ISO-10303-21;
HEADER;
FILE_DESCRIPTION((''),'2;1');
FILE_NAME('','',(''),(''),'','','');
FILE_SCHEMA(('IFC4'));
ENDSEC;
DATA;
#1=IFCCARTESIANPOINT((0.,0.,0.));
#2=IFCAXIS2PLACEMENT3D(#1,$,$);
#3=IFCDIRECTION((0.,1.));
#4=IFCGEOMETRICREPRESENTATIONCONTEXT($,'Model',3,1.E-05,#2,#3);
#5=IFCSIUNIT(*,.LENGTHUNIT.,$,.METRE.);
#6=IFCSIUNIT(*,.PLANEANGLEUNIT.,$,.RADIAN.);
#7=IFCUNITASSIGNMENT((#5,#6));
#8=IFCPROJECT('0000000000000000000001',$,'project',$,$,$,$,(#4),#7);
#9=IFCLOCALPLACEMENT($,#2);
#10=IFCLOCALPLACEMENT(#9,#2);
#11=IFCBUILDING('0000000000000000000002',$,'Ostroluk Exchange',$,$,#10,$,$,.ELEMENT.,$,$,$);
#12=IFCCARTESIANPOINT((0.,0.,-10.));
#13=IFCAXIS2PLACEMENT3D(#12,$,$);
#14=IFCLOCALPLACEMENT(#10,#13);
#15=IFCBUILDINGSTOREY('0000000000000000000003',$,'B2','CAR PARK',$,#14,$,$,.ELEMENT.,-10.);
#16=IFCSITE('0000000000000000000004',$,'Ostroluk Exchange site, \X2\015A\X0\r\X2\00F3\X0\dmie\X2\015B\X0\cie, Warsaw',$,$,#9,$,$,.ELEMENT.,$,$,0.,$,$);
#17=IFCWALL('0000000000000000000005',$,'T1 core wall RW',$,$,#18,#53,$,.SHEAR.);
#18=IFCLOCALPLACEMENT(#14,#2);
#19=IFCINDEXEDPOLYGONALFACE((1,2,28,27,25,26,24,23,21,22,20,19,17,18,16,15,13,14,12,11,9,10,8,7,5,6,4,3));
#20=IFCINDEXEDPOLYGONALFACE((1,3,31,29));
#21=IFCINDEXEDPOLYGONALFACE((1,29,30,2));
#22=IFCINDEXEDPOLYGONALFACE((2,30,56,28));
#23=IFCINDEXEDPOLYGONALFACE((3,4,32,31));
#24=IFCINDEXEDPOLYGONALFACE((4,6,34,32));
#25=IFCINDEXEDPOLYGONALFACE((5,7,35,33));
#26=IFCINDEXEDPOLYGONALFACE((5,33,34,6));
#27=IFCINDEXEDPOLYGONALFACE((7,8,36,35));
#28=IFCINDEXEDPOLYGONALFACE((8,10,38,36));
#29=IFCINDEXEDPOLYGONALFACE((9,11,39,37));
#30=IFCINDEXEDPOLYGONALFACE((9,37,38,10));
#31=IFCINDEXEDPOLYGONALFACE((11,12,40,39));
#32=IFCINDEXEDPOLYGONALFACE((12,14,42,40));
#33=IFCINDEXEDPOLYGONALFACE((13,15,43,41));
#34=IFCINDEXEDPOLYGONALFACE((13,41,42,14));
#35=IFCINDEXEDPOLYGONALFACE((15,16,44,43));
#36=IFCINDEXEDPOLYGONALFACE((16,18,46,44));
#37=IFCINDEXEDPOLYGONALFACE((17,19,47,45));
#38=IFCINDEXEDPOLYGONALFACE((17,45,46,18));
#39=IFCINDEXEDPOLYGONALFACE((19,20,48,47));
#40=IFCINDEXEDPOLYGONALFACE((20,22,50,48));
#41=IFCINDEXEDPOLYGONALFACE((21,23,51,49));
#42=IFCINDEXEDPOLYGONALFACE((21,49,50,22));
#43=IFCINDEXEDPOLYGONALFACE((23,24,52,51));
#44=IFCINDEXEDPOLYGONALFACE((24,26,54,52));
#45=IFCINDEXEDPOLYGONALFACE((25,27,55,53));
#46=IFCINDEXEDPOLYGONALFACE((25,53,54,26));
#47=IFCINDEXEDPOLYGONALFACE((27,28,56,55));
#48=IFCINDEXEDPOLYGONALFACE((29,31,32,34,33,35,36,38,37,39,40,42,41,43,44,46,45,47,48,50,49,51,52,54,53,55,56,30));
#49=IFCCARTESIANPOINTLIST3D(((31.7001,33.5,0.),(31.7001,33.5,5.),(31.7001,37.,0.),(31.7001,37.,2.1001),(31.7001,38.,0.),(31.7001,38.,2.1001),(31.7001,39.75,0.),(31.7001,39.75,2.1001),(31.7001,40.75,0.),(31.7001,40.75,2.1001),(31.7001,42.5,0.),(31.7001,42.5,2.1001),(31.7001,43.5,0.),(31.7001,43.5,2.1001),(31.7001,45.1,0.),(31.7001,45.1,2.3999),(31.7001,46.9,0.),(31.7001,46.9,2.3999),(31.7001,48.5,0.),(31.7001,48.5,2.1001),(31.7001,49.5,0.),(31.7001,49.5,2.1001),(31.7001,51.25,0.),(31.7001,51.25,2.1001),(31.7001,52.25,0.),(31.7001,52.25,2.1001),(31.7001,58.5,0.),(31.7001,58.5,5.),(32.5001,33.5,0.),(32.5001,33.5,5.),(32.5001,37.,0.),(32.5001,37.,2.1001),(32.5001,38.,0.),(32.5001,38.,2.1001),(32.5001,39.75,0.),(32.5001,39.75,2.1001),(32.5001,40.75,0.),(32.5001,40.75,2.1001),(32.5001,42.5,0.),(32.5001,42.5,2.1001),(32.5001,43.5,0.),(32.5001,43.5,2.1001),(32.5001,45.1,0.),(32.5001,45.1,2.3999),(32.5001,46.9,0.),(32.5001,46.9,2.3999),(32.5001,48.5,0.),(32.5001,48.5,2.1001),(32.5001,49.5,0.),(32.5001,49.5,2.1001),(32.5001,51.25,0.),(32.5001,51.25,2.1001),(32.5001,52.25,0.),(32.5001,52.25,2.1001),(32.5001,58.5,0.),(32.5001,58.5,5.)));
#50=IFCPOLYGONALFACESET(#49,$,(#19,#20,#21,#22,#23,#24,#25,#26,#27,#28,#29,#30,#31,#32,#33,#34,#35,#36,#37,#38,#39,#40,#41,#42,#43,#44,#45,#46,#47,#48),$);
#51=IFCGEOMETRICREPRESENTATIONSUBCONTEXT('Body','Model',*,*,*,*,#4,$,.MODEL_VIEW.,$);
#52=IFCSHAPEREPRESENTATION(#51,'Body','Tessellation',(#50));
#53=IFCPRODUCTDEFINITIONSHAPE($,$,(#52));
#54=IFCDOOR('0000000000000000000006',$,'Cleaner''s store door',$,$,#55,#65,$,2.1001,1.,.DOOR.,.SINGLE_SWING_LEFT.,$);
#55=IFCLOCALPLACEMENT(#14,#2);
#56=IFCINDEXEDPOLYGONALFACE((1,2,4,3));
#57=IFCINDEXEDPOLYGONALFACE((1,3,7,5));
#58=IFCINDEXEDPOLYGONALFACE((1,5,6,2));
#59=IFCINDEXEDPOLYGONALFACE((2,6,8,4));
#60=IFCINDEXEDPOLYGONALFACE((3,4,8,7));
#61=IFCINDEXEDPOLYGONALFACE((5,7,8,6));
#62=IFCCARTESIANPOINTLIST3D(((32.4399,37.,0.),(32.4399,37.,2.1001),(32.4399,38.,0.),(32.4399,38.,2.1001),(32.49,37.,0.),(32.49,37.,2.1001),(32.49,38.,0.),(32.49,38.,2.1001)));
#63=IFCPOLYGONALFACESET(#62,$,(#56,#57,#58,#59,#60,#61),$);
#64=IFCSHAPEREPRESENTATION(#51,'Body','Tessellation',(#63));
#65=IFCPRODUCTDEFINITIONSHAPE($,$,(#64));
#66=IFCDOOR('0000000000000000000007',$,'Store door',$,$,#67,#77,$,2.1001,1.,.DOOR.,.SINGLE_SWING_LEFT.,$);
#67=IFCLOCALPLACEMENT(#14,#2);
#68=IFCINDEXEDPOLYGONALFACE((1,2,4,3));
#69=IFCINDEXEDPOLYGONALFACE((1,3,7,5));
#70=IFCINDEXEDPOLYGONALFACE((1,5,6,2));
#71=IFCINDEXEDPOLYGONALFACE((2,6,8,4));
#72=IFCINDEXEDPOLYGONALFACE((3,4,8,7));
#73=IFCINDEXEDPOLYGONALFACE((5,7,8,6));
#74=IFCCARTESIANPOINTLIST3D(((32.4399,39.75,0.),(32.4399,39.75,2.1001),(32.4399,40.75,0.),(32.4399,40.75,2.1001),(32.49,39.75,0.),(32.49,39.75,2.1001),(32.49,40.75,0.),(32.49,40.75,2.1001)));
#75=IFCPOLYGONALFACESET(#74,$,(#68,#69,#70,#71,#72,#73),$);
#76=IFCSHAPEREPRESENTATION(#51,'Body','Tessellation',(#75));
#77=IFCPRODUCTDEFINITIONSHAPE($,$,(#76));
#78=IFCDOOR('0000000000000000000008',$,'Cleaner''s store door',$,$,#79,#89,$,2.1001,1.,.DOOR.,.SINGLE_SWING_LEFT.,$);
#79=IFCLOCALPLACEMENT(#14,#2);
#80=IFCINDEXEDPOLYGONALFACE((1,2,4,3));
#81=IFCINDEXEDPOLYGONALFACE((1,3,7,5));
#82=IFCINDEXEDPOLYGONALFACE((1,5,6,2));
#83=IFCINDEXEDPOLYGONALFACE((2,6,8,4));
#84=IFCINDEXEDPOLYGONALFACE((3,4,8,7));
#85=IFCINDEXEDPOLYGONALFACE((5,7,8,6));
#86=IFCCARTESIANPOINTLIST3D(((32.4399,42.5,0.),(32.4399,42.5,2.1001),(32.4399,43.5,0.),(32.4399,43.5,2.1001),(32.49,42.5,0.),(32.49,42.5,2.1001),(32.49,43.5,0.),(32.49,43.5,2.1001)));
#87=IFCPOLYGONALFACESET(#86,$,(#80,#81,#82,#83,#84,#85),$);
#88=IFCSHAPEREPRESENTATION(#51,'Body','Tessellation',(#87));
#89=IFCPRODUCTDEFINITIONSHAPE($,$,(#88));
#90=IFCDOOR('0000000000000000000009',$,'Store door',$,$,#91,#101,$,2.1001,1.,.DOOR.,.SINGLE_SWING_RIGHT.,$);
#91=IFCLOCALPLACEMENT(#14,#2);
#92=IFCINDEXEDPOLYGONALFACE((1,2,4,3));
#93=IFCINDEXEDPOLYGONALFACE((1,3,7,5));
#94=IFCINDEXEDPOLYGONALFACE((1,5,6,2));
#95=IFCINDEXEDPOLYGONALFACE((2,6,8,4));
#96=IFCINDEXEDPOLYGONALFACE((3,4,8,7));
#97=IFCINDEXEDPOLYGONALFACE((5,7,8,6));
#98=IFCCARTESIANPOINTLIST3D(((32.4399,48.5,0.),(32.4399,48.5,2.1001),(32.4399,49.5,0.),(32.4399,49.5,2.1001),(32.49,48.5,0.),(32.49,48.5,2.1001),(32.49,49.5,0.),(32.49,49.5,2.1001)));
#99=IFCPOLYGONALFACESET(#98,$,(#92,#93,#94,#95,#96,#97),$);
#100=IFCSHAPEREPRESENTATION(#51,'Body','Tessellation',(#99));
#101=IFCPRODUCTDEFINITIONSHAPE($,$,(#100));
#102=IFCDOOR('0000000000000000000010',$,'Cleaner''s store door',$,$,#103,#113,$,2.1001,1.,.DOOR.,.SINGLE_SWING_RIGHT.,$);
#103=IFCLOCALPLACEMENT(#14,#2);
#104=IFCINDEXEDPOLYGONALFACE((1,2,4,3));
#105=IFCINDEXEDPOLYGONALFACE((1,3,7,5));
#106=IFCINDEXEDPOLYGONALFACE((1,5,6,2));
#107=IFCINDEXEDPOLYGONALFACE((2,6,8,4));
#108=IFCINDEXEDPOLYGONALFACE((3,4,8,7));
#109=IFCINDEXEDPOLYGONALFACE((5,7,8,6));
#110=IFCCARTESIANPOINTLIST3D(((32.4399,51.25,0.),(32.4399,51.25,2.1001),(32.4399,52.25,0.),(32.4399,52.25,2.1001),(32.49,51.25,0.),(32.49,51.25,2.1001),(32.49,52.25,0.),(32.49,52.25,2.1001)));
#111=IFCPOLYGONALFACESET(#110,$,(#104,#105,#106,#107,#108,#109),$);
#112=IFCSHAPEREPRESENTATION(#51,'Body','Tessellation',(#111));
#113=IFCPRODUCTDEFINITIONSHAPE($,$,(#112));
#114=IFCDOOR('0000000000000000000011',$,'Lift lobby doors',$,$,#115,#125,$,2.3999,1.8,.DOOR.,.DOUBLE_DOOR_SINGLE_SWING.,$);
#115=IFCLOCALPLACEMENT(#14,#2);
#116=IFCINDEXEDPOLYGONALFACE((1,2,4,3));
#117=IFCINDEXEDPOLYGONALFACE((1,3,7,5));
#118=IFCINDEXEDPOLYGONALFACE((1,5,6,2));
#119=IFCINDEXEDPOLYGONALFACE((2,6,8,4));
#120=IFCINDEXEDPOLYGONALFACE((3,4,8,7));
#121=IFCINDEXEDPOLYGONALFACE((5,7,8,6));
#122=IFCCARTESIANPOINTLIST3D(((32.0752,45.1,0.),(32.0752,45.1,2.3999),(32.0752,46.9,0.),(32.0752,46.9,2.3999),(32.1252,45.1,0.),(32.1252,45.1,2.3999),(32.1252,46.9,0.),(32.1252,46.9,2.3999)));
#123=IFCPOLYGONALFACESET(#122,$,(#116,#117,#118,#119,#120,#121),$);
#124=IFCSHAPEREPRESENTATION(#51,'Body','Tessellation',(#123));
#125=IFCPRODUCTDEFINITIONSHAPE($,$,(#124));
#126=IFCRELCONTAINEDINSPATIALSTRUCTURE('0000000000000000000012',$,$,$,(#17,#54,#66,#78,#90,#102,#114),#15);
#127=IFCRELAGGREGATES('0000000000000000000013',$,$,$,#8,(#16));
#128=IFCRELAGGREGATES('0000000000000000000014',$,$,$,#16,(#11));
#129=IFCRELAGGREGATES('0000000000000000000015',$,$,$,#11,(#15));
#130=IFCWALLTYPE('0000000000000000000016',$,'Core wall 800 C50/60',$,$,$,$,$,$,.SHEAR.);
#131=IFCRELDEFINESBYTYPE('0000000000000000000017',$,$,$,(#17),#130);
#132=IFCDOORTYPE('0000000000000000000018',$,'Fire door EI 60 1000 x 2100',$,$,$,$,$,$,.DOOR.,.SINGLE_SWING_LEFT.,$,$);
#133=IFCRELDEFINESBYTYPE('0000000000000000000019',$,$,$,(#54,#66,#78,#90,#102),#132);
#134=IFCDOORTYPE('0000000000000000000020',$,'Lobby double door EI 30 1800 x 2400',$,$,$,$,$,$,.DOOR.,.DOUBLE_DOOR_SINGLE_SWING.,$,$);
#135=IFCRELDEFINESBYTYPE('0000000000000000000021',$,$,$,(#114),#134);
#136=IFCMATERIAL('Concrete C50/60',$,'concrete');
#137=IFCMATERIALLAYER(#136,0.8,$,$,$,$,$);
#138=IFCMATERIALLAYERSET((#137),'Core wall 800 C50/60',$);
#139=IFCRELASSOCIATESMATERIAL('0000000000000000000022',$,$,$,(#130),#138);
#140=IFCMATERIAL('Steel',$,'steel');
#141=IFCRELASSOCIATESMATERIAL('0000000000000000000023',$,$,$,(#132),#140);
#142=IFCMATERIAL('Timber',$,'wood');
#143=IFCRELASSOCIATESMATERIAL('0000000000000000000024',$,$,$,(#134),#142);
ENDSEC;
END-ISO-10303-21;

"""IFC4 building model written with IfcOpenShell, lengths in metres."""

from ifc_helpers import new_model, si_unit, direction, frame, frame_2d, origin, place, context, subcontext, project, spatial, rectangle, extrude, material, layer, layer_set, type_object, element, fill, save


model = new_model("IFC4")

# Units and contexts
model_context = context("Model", 3, precision=1e-05, world=origin(), true_north=direction((0.0, 1.0)))
body_context = subcontext(model_context, "Body", "Model", "MODEL_VIEW")
ifc_project = project(units=[si_unit("LENGTHUNIT", "METRE"), si_unit("PLANEANGLEUNIT", "RADIAN")], contexts=[model_context])

# Site, building, storey
site_placement = place(None, origin())
site = spatial("IfcSite", under=ifc_project, at=site_placement, Name="Ostroluk Exchange site, Śródmieście, Warsaw", CompositionType="ELEMENT", RefElevation=0.0)
building_placement = place(site_placement, origin())
building = spatial("IfcBuilding", under=site, at=building_placement, Name="Ostroluk Exchange", CompositionType="ELEMENT")
storey_placement = place(building_placement, frame((0.0, 0.0, -10.0)))
storey = spatial("IfcBuildingStorey", under=building, at=storey_placement, Name="B2", Description="CAR PARK", CompositionType="ELEMENT", Elevation=-10.0)

# Wall, openings, doors
ifc_material_1 = material(Name="Concrete C50/60", Category="concrete")
ifc_layer_1 = layer(ifc_material_1, 0.8)
ifc_layer_set_1 = layer_set([ifc_layer_1], Name="Core wall 800 C50/60")
wall_type_1 = type_object("IfcWallType", Name="Core wall 800 C50/60", PredefinedType="SHEAR", material=ifc_layer_set_1)
ifc_material_2 = material(Name="Steel", Category="steel")
door_type_1 = type_object("IfcDoorType", Name="Fire door EI 60 1000 x 2100", OperationType="SINGLE_SWING_LEFT", PredefinedType="DOOR", material=ifc_material_2)
wall_1_placement = place(storey_placement, frame((32.1001, 33.5, 0.0), z_axis=(0.0, 0.0, 1.0), x_axis=(0.0, 1.0, 0.0)))
wall_1 = element("IfcWall", 1, at=wall_1_placement, inside=storey, type_object=wall_type_1, Name="T1 core wall RW", PredefinedType="SHEAR", context=body_context, shape_type="SweptSolid", body=[
    extrude(rectangle(XDim=25.0, YDim=0.8, at=frame_2d((12.5, 0.0))), origin(), (0.0, 0.0, 1.0), 5.0),
])
opening_1_placement = place(wall_1_placement, frame((11.6001, 0.0, 0.0)))
opening_1 = element("IfcOpeningElement", 2, at=opening_1_placement, cuts=wall_1, PredefinedType="OPENING", context=body_context, shape_type="SweptSolid", body=[
    extrude(rectangle(XDim=1.8, YDim=2.3999, at=frame_2d((0.8999, 1.2))), frame((0.0, 0.4099, 0.0), z_axis=(0.0, -1.0, 0.0), x_axis=(1.0, 0.0, 0.0)), (0.0, 0.0, 1.0), 0.8201),
])
opening_2_placement = place(wall_1_placement, frame((3.5, 0.0, 0.0)))
opening_2 = element("IfcOpeningElement", 3, at=opening_2_placement, cuts=wall_1, PredefinedType="OPENING", context=body_context, shape_type="SweptSolid", body=[
    extrude(rectangle(XDim=1.0, YDim=2.1001, at=frame_2d((0.5, 1.05))), frame((0.0, 0.4099, 0.0), z_axis=(0.0, -1.0, 0.0), x_axis=(1.0, 0.0, 0.0)), (0.0, 0.0, 1.0), 0.8201),
])
opening_3_placement = place(wall_1_placement, frame((6.25, 0.0, 0.0)))
opening_3 = element("IfcOpeningElement", 4, at=opening_3_placement, cuts=wall_1, PredefinedType="OPENING", context=body_context, shape_type="SweptSolid", body=[
    extrude(rectangle(XDim=1.0, YDim=2.1001, at=frame_2d((0.5, 1.05))), frame((0.0, 0.4099, 0.0), z_axis=(0.0, -1.0, 0.0), x_axis=(1.0, 0.0, 0.0)), (0.0, 0.0, 1.0), 0.8201),
])
opening_4_placement = place(wall_1_placement, frame((9.0, 0.0, 0.0)))
opening_4 = element("IfcOpeningElement", 5, at=opening_4_placement, cuts=wall_1, PredefinedType="OPENING", context=body_context, shape_type="SweptSolid", body=[
    extrude(rectangle(XDim=1.0, YDim=2.1001, at=frame_2d((0.5, 1.05))), frame((0.0, 0.4099, 0.0), z_axis=(0.0, -1.0, 0.0), x_axis=(1.0, 0.0, 0.0)), (0.0, 0.0, 1.0), 0.8201),
])
opening_5_placement = place(wall_1_placement, frame((15.0, 0.0, 0.0)))
opening_5 = element("IfcOpeningElement", 6, at=opening_5_placement, cuts=wall_1, PredefinedType="OPENING", context=body_context, shape_type="SweptSolid", body=[
    extrude(rectangle(XDim=1.0, YDim=2.1001, at=frame_2d((0.5, 1.05))), frame((0.0, 0.4099, 0.0), z_axis=(0.0, -1.0, 0.0), x_axis=(1.0, 0.0, 0.0)), (0.0, 0.0, 1.0), 0.8201),
])
opening_6_placement = place(wall_1_placement, frame((17.75, 0.0, 0.0)))
opening_6 = element("IfcOpeningElement", 7, at=opening_6_placement, cuts=wall_1, PredefinedType="OPENING", context=body_context, shape_type="SweptSolid", body=[
    extrude(rectangle(XDim=1.0, YDim=2.1001, at=frame_2d((0.5, 1.05))), frame((0.0, 0.4099, 0.0), z_axis=(0.0, -1.0, 0.0), x_axis=(1.0, 0.0, 0.0)), (0.0, 0.0, 1.0), 0.8201),
])
door_1_placement = place(opening_2_placement, origin())
door_1 = element("IfcDoor", 8, at=door_1_placement, inside=storey, type_object=door_type_1, Name="Cleaner's store door", OperationType="SINGLE_SWING_LEFT", OverallHeight=2.1001, OverallWidth=1.0, PredefinedType="DOOR", context=body_context, shape_type="SweptSolid", body=[
    extrude(rectangle(XDim=1.0, YDim=2.1001, at=frame_2d((0.5, 1.05))), frame((0.0, -0.3398, 0.0), z_axis=(0.0, -1.0, 0.0), x_axis=(1.0, 0.0, 0.0)), (0.0, 0.0, 1.0), 0.05),
])
fill(opening_2, door_1)
door_2_placement = place(opening_3_placement, origin())
door_2 = element("IfcDoor", 9, at=door_2_placement, inside=storey, type_object=door_type_1, Name="Store door", OperationType="SINGLE_SWING_LEFT", OverallHeight=2.1001, OverallWidth=1.0, PredefinedType="DOOR", context=body_context, shape_type="SweptSolid", body=[
    extrude(rectangle(XDim=1.0, YDim=2.1001, at=frame_2d((0.5, 1.05))), frame((0.0, -0.3398, 0.0), z_axis=(0.0, -1.0, 0.0), x_axis=(1.0, 0.0, 0.0)), (0.0, 0.0, 1.0), 0.05),
])
fill(opening_3, door_2)
door_3_placement = place(opening_4_placement, origin())
door_3 = element("IfcDoor", 10, at=door_3_placement, inside=storey, type_object=door_type_1, Name="Cleaner's store door", OperationType="SINGLE_SWING_LEFT", OverallHeight=2.1001, OverallWidth=1.0, PredefinedType="DOOR", context=body_context, shape_type="SweptSolid", body=[
    extrude(rectangle(XDim=1.0, YDim=2.1001, at=frame_2d((0.5, 1.05))), frame((0.0, -0.3398, 0.0), z_axis=(0.0, -1.0, 0.0), x_axis=(1.0, 0.0, 0.0)), (0.0, 0.0, 1.0), 0.05),
])
fill(opening_4, door_3)
door_4_placement = place(opening_5_placement, origin())
door_4 = element("IfcDoor", 11, at=door_4_placement, inside=storey, type_object=door_type_1, Name="Store door", OperationType="SINGLE_SWING_RIGHT", OverallHeight=2.1001, OverallWidth=1.0, PredefinedType="DOOR", context=body_context, shape_type="SweptSolid", body=[
    extrude(rectangle(XDim=1.0, YDim=2.1001, at=frame_2d((0.5, 1.05))), frame((0.0, -0.3398, 0.0), z_axis=(0.0, -1.0, 0.0), x_axis=(1.0, 0.0, 0.0)), (0.0, 0.0, 1.0), 0.05),
])
fill(opening_5, door_4)
door_5_placement = place(opening_6_placement, origin())
door_5 = element("IfcDoor", 12, at=door_5_placement, inside=storey, type_object=door_type_1, Name="Cleaner's store door", OperationType="SINGLE_SWING_RIGHT", OverallHeight=2.1001, OverallWidth=1.0, PredefinedType="DOOR", context=body_context, shape_type="SweptSolid", body=[
    extrude(rectangle(XDim=1.0, YDim=2.1001, at=frame_2d((0.5, 1.05))), frame((0.0, -0.3398, 0.0), z_axis=(0.0, -1.0, 0.0), x_axis=(1.0, 0.0, 0.0)), (0.0, 0.0, 1.0), 0.05),
])
fill(opening_6, door_5)
ifc_material_3 = material(Name="Timber", Category="wood")
door_type_2 = type_object("IfcDoorType", Name="Lobby double door EI 30 1800 x 2400", OperationType="DOUBLE_DOOR_SINGLE_SWING", PredefinedType="DOOR", material=ifc_material_3)
door_6_placement = place(opening_1_placement, origin())
door_6 = element("IfcDoor", 13, at=door_6_placement, inside=storey, type_object=door_type_2, Name="Lift lobby doors", OperationType="DOUBLE_DOOR_SINGLE_SWING", OverallHeight=2.3999, OverallWidth=1.8, PredefinedType="DOOR", context=body_context, shape_type="SweptSolid", body=[
    extrude(rectangle(XDim=1.8, YDim=2.3999, at=frame_2d((0.8999, 1.2))), frame((0.0, 0.0249, 0.0), z_axis=(0.0, -1.0, 0.0), x_axis=(1.0, 0.0, 0.0)), (0.0, 0.0, 1.0), 0.05),
])
fill(opening_1, door_6)

save(model, "model.ifc")
